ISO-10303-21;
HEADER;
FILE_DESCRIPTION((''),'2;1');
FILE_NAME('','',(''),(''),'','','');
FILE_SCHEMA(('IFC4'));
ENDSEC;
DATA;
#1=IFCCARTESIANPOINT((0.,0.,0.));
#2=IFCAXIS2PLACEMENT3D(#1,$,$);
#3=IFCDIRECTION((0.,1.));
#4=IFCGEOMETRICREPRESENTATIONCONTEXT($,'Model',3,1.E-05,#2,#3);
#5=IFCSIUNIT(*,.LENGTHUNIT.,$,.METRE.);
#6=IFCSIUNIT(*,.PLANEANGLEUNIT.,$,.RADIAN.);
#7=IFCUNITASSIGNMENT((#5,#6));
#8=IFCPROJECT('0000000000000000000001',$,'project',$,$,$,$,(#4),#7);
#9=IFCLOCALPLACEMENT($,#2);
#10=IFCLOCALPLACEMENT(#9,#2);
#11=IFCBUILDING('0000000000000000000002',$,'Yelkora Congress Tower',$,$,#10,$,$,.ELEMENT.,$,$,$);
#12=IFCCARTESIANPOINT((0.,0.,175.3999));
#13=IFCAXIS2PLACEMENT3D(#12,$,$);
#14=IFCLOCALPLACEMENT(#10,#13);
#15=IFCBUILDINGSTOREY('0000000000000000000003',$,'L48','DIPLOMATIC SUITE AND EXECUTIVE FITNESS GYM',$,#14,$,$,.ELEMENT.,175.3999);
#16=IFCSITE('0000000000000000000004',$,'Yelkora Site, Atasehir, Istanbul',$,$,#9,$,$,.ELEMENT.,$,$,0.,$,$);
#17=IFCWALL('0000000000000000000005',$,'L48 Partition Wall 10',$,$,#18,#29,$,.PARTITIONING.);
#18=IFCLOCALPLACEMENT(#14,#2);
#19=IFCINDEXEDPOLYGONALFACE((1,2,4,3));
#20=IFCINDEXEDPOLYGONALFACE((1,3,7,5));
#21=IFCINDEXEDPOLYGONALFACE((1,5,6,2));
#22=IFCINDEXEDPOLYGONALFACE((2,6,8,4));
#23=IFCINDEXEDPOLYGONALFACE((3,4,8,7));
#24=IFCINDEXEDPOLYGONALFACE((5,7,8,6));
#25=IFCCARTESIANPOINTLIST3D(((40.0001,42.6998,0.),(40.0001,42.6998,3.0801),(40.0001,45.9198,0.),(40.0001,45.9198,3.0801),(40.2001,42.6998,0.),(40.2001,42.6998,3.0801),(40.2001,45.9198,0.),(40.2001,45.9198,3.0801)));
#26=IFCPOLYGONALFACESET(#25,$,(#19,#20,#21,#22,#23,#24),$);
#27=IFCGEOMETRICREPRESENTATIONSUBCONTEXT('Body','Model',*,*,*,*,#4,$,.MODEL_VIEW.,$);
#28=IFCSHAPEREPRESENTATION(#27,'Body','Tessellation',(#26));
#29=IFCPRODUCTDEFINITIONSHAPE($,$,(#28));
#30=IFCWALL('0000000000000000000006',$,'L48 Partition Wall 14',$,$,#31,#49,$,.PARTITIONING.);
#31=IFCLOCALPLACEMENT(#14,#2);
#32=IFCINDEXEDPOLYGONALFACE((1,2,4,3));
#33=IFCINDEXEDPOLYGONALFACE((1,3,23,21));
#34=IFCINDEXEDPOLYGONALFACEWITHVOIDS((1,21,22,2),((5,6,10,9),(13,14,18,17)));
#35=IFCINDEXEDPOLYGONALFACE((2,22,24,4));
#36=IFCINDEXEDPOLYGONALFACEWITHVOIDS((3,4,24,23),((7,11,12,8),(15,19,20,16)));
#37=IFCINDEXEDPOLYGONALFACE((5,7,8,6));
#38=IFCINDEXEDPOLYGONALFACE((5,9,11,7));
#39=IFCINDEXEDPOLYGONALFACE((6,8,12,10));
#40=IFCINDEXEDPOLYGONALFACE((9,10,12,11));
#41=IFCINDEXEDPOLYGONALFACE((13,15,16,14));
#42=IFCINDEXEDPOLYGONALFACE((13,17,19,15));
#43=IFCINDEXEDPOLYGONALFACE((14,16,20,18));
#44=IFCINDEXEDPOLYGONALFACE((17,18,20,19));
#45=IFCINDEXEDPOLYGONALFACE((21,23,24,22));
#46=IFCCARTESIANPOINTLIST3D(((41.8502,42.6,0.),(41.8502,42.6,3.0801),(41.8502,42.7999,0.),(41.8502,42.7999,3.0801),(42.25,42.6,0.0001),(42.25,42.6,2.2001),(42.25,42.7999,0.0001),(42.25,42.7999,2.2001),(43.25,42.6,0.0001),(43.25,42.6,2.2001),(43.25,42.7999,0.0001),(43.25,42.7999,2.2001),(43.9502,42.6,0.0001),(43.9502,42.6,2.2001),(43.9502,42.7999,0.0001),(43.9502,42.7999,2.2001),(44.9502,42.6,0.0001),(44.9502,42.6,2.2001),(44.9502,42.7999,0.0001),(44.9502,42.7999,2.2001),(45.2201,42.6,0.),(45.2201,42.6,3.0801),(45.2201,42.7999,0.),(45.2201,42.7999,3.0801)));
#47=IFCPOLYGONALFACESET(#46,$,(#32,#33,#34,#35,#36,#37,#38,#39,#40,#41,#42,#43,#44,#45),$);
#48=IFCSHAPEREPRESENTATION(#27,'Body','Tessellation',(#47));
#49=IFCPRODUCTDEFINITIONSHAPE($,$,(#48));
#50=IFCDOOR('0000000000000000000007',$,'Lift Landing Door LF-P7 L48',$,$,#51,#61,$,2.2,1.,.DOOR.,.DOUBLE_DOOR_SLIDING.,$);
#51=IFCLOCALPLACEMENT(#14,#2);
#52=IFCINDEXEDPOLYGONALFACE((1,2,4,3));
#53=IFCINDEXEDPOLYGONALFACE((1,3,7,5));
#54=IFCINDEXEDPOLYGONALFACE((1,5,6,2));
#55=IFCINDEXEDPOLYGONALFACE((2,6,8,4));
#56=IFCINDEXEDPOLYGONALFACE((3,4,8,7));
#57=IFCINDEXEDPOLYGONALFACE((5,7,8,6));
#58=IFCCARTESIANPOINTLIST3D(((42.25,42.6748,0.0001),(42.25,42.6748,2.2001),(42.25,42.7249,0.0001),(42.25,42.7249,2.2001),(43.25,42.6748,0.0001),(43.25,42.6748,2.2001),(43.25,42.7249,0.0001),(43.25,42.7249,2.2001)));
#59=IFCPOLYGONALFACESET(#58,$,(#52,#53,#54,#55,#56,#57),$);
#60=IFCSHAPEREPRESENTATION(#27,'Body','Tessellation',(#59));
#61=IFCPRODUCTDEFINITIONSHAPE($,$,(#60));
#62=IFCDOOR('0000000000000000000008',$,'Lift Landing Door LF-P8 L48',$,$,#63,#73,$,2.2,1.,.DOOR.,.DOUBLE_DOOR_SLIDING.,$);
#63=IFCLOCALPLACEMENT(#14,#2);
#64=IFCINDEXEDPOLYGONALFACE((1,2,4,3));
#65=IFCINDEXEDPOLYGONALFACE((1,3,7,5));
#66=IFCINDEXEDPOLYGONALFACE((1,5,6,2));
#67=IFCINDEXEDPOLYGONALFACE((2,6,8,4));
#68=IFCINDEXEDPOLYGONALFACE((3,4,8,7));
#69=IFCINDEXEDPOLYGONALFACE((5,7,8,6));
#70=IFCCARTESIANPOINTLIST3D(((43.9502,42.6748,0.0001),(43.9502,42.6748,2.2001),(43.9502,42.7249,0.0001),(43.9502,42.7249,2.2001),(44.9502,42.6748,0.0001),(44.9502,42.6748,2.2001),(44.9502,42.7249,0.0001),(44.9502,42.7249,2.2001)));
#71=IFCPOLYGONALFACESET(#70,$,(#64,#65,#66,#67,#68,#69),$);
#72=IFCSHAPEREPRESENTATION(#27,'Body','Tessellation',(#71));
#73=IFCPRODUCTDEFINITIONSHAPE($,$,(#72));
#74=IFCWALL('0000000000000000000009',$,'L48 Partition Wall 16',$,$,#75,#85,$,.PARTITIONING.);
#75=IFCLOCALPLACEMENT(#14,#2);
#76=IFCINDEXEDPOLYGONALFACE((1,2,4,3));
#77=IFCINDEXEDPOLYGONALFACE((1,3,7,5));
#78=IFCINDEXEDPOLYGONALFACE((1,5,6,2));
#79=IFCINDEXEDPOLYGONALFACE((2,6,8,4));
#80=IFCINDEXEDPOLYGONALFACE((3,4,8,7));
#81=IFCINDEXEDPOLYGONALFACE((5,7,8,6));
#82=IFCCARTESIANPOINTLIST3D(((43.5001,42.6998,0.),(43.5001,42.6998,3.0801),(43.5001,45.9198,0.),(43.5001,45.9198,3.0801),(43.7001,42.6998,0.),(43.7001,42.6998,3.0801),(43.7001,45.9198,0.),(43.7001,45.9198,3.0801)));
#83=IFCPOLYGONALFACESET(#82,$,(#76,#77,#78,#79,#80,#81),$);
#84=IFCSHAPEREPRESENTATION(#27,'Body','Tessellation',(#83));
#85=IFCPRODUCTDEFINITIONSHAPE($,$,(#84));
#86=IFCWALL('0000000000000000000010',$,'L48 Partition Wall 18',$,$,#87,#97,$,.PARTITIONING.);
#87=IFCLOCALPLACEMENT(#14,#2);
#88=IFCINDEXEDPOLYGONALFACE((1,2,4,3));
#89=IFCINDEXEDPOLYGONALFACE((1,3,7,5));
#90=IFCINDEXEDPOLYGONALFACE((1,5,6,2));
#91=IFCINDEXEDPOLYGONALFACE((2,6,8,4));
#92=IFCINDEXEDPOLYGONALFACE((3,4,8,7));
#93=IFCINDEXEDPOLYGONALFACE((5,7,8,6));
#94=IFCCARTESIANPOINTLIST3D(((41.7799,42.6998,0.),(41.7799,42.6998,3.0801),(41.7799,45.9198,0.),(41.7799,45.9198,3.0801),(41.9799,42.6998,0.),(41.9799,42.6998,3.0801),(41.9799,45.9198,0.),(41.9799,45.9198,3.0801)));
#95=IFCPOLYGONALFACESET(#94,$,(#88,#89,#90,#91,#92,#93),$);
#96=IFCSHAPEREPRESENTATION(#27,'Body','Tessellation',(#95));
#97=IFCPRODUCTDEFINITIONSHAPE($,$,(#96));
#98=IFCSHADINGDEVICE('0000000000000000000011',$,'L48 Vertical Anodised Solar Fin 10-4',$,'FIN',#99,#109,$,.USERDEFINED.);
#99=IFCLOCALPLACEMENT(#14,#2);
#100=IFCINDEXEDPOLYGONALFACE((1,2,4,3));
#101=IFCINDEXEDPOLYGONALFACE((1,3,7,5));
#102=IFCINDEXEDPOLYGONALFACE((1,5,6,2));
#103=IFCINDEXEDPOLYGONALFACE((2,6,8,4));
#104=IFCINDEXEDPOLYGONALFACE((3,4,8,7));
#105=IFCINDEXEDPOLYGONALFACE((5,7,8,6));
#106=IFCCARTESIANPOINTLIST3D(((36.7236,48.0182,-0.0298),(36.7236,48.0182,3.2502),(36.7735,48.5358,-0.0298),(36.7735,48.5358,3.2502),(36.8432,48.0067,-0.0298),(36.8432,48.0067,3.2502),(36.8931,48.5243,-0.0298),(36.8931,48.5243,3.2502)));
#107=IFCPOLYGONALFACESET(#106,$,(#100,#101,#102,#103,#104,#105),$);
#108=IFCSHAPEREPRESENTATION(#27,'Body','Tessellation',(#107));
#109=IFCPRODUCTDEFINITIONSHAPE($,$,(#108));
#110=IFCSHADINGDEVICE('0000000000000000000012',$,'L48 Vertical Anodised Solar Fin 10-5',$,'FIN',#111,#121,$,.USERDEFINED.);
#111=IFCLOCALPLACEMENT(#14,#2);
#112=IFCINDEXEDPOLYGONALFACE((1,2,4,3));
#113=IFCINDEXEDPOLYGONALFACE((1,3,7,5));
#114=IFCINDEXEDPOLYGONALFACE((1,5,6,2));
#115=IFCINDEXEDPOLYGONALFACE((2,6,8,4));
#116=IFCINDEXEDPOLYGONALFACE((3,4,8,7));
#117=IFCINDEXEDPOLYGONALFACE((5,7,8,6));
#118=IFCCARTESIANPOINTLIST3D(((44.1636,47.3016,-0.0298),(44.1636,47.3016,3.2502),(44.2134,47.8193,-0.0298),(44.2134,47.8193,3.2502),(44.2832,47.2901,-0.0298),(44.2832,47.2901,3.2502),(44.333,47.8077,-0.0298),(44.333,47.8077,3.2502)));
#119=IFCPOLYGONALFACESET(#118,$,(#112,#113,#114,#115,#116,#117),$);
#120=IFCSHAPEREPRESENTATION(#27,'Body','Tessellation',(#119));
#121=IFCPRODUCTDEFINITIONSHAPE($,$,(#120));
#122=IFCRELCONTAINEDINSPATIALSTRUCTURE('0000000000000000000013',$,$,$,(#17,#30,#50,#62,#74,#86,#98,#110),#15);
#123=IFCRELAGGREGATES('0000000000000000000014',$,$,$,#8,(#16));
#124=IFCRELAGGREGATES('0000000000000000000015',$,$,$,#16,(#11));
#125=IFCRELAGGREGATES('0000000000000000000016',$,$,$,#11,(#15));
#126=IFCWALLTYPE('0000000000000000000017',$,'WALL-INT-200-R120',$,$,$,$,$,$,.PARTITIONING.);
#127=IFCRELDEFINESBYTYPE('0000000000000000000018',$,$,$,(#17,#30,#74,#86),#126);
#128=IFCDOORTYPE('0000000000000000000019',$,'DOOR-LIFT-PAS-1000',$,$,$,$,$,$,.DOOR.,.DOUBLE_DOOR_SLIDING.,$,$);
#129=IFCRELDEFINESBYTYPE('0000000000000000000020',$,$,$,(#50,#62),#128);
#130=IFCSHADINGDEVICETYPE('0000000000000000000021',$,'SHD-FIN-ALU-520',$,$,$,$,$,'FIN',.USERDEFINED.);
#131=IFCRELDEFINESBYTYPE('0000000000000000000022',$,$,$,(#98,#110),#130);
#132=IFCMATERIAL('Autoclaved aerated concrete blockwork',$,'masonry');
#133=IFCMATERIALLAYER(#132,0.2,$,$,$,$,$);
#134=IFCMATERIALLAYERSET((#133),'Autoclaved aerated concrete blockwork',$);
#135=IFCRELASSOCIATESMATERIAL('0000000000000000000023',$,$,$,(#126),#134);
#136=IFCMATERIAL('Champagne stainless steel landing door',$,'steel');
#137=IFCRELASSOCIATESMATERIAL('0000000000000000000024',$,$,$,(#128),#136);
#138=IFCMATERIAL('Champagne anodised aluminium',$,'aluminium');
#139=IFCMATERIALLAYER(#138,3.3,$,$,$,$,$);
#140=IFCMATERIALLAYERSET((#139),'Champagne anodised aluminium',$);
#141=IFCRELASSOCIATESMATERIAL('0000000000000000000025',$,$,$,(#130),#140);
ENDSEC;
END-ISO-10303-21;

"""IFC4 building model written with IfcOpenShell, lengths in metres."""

from ifc_helpers import new_model, si_unit, direction, frame, frame_2d, origin, origin_2d, place, context, subcontext, project, spatial, rectangle, extrude, material, layer, layer_set, type_object, element, fill, save


model = new_model("IFC4")

# Units and contexts
model_context = context("Model", 3, precision=1e-05, world=origin(), true_north=direction((0.0, 1.0)))
body_context = subcontext(model_context, "Body", "Model", "MODEL_VIEW")
ifc_project = project(units=[si_unit("LENGTHUNIT", "METRE"), si_unit("PLANEANGLEUNIT", "RADIAN")], contexts=[model_context])

# Site, building, storey
site_placement = place(None, origin())
site = spatial("IfcSite", under=ifc_project, at=site_placement, Name="Yelkora Site, Atasehir, Istanbul", CompositionType="ELEMENT", RefElevation=0.0)
building_placement = place(site_placement, origin())
building = spatial("IfcBuilding", under=site, at=building_placement, Name="Yelkora Congress Tower", CompositionType="ELEMENT")
storey_placement = place(building_placement, frame((0.0, 0.0, 175.3999)))
storey = spatial("IfcBuildingStorey", under=building, at=storey_placement, Name="L48", Description="DIPLOMATIC SUITE AND EXECUTIVE FITNESS GYM", CompositionType="ELEMENT", Elevation=175.3999)

# Wall
ifc_material_1 = material(Name="Autoclaved aerated concrete blockwork", Category="masonry")
ifc_layer_1 = layer(ifc_material_1, 0.2)
ifc_layer_set_1 = layer_set([ifc_layer_1], Name="Autoclaved aerated concrete blockwork")
wall_type = type_object("IfcWallType", Name="WALL-INT-200-R120", PredefinedType="PARTITIONING", material=ifc_layer_set_1)
wall_1_placement = place(storey_placement, frame((40.1001, 42.7, 0.0), z_axis=(0.0, 0.0, 1.0), x_axis=(0.0, 1.0, 0.0)))
element("IfcWall", 1, at=wall_1_placement, inside=storey, type_object=wall_type, Name="L48 Partition Wall 10", PredefinedType="PARTITIONING", context=body_context, shape_type="SweptSolid", body=[
    extrude(rectangle(XDim=3.22, YDim=0.2, at=frame_2d((1.6099, 0.0))), origin(), (0.0, 0.0, 1.0), 3.0801),
])

# Wall, openings, doors
wall_2_placement = place(storey_placement, frame((41.8501, 42.7, 0.0), z_axis=(0.0, 0.0, 1.0), x_axis=(1.0, 0.0, 0.0)))
wall_2 = element("IfcWall", 2, at=wall_2_placement, inside=storey, type_object=wall_type, Name="L48 Partition Wall 14", PredefinedType="PARTITIONING", context=body_context, shape_type="SweptSolid", body=[
    extrude(rectangle(XDim=3.3699, YDim=0.2, at=frame_2d((1.6851, 0.0))), origin(), (0.0, 0.0, 1.0), 3.0801),
])
opening_1_placement = place(wall_2_placement, frame((0.3999, 0.0, 0.0)))
opening_1 = element("IfcOpeningElement", 3, at=opening_1_placement, cuts=wall_2, PredefinedType="OPENING", context=body_context, shape_type="SweptSolid", body=[
    extrude(rectangle(XDim=1.0, YDim=2.2, at=frame_2d((0.5, 1.1001))), frame((0.0, 0.1099, 0.0), z_axis=(0.0, -1.0, 0.0), x_axis=(1.0, 0.0, 0.0)), (0.0, 0.0, 1.0), 0.22),
])
opening_2_placement = place(wall_2_placement, frame((2.1001, 0.0, 0.0)))
opening_2 = element("IfcOpeningElement", 4, at=opening_2_placement, cuts=wall_2, PredefinedType="OPENING", context=body_context, shape_type="SweptSolid", body=[
    extrude(rectangle(XDim=1.0, YDim=2.2, at=frame_2d((0.5, 1.1001))), frame((0.0, 0.1099, 0.0), z_axis=(0.0, -1.0, 0.0), x_axis=(1.0, 0.0, 0.0)), (0.0, 0.0, 1.0), 0.22),
])
ifc_material_2 = material(Name="Champagne stainless steel landing door", Category="steel")
door_type = type_object("IfcDoorType", Name="DOOR-LIFT-PAS-1000", OperationType="DOUBLE_DOOR_SLIDING", PredefinedType="DOOR", material=ifc_material_2)
door_1_placement = place(opening_1_placement, origin())
door_1 = element("IfcDoor", 5, at=door_1_placement, inside=storey, type_object=door_type, Name="Lift Landing Door LF-P7 L48", OperationType="DOUBLE_DOOR_SLIDING", OverallHeight=2.2, OverallWidth=1.0, PredefinedType="DOOR", context=body_context, shape_type="SweptSolid", body=[
    extrude(rectangle(XDim=1.0, YDim=2.2, at=frame_2d((0.5, 1.1001))), frame((0.0, 0.0249, 0.0), z_axis=(0.0, -1.0, 0.0), x_axis=(1.0, 0.0, 0.0)), (0.0, 0.0, 1.0), 0.05),
])
fill(opening_1, door_1)
door_2_placement = place(opening_2_placement, origin())
door_2 = element("IfcDoor", 6, at=door_2_placement, inside=storey, type_object=door_type, Name="Lift Landing Door LF-P8 L48", OperationType="DOUBLE_DOOR_SLIDING", OverallHeight=2.2, OverallWidth=1.0, PredefinedType="DOOR", context=body_context, shape_type="SweptSolid", body=[
    extrude(rectangle(XDim=1.0, YDim=2.2, at=frame_2d((0.5, 1.1001))), frame((0.0, 0.0249, 0.0), z_axis=(0.0, -1.0, 0.0), x_axis=(1.0, 0.0, 0.0)), (0.0, 0.0, 1.0), 0.05),
])
fill(opening_2, door_2)

# Walls
for number, where, z_axis, x_axis, name in (
    (7, (43.6001, 42.7, 0.0), (0.0, 0.0, 1.0), (0.0, 1.0, 0.0), "L48 Partition Wall 16"),
    (8, (41.8799, 42.7, 0.0), (0.0, 0.0, 1.0), (0.0, 1.0, 0.0), "L48 Partition Wall 18"),
):
    element("IfcWall", number, at=place(storey_placement, frame(where, z_axis=z_axis, x_axis=x_axis)), inside=storey, type_object=wall_type, Name=name, PredefinedType="PARTITIONING", context=body_context, shape_type="SweptSolid", body=[
        extrude(rectangle(XDim=3.22, YDim=0.2, at=frame_2d((1.6099, 0.0))), origin(), (0.0, 0.0, 1.0), 3.0801),
    ])

# Shading devices
ifc_material_3 = material(Name="Champagne anodised aluminium", Category="aluminium")
ifc_layer_2 = layer(ifc_material_3, 3.3)
ifc_layer_set_2 = layer_set([ifc_layer_2], Name="Champagne anodised aluminium")
shading_device_type = type_object("IfcShadingDeviceType", Name="SHD-FIN-ALU-520", ElementType="FIN", PredefinedType="USERDEFINED", material=ifc_layer_set_2)
for number, where, z_axis, x_axis, name in (
    (9, (36.8083, 48.2712, -0.0298), (0.0, 0.0, 1.0), (0.995396, -0.095846, 0.0), "L48 Vertical Anodised Solar Fin 10-4"),
    (10, (44.2483, 47.5547, -0.0298), (0.0, 0.0, 1.0), (0.995396, -0.095846, 0.0), "L48 Vertical Anodised Solar Fin 10-5"),
):
    element("IfcShadingDevice", number, at=place(storey_placement, frame(where, z_axis=z_axis, x_axis=x_axis)), inside=storey, type_object=shading_device_type, Name=name, ObjectType="FIN", PredefinedType="USERDEFINED", context=body_context, shape_type="SweptSolid", body=[
        extrude(rectangle(XDim=0.1201, YDim=0.52, at=origin_2d()), origin(), (0.0, 0.0, 1.0), 3.28),
    ])

save(model, "model.ifc")
